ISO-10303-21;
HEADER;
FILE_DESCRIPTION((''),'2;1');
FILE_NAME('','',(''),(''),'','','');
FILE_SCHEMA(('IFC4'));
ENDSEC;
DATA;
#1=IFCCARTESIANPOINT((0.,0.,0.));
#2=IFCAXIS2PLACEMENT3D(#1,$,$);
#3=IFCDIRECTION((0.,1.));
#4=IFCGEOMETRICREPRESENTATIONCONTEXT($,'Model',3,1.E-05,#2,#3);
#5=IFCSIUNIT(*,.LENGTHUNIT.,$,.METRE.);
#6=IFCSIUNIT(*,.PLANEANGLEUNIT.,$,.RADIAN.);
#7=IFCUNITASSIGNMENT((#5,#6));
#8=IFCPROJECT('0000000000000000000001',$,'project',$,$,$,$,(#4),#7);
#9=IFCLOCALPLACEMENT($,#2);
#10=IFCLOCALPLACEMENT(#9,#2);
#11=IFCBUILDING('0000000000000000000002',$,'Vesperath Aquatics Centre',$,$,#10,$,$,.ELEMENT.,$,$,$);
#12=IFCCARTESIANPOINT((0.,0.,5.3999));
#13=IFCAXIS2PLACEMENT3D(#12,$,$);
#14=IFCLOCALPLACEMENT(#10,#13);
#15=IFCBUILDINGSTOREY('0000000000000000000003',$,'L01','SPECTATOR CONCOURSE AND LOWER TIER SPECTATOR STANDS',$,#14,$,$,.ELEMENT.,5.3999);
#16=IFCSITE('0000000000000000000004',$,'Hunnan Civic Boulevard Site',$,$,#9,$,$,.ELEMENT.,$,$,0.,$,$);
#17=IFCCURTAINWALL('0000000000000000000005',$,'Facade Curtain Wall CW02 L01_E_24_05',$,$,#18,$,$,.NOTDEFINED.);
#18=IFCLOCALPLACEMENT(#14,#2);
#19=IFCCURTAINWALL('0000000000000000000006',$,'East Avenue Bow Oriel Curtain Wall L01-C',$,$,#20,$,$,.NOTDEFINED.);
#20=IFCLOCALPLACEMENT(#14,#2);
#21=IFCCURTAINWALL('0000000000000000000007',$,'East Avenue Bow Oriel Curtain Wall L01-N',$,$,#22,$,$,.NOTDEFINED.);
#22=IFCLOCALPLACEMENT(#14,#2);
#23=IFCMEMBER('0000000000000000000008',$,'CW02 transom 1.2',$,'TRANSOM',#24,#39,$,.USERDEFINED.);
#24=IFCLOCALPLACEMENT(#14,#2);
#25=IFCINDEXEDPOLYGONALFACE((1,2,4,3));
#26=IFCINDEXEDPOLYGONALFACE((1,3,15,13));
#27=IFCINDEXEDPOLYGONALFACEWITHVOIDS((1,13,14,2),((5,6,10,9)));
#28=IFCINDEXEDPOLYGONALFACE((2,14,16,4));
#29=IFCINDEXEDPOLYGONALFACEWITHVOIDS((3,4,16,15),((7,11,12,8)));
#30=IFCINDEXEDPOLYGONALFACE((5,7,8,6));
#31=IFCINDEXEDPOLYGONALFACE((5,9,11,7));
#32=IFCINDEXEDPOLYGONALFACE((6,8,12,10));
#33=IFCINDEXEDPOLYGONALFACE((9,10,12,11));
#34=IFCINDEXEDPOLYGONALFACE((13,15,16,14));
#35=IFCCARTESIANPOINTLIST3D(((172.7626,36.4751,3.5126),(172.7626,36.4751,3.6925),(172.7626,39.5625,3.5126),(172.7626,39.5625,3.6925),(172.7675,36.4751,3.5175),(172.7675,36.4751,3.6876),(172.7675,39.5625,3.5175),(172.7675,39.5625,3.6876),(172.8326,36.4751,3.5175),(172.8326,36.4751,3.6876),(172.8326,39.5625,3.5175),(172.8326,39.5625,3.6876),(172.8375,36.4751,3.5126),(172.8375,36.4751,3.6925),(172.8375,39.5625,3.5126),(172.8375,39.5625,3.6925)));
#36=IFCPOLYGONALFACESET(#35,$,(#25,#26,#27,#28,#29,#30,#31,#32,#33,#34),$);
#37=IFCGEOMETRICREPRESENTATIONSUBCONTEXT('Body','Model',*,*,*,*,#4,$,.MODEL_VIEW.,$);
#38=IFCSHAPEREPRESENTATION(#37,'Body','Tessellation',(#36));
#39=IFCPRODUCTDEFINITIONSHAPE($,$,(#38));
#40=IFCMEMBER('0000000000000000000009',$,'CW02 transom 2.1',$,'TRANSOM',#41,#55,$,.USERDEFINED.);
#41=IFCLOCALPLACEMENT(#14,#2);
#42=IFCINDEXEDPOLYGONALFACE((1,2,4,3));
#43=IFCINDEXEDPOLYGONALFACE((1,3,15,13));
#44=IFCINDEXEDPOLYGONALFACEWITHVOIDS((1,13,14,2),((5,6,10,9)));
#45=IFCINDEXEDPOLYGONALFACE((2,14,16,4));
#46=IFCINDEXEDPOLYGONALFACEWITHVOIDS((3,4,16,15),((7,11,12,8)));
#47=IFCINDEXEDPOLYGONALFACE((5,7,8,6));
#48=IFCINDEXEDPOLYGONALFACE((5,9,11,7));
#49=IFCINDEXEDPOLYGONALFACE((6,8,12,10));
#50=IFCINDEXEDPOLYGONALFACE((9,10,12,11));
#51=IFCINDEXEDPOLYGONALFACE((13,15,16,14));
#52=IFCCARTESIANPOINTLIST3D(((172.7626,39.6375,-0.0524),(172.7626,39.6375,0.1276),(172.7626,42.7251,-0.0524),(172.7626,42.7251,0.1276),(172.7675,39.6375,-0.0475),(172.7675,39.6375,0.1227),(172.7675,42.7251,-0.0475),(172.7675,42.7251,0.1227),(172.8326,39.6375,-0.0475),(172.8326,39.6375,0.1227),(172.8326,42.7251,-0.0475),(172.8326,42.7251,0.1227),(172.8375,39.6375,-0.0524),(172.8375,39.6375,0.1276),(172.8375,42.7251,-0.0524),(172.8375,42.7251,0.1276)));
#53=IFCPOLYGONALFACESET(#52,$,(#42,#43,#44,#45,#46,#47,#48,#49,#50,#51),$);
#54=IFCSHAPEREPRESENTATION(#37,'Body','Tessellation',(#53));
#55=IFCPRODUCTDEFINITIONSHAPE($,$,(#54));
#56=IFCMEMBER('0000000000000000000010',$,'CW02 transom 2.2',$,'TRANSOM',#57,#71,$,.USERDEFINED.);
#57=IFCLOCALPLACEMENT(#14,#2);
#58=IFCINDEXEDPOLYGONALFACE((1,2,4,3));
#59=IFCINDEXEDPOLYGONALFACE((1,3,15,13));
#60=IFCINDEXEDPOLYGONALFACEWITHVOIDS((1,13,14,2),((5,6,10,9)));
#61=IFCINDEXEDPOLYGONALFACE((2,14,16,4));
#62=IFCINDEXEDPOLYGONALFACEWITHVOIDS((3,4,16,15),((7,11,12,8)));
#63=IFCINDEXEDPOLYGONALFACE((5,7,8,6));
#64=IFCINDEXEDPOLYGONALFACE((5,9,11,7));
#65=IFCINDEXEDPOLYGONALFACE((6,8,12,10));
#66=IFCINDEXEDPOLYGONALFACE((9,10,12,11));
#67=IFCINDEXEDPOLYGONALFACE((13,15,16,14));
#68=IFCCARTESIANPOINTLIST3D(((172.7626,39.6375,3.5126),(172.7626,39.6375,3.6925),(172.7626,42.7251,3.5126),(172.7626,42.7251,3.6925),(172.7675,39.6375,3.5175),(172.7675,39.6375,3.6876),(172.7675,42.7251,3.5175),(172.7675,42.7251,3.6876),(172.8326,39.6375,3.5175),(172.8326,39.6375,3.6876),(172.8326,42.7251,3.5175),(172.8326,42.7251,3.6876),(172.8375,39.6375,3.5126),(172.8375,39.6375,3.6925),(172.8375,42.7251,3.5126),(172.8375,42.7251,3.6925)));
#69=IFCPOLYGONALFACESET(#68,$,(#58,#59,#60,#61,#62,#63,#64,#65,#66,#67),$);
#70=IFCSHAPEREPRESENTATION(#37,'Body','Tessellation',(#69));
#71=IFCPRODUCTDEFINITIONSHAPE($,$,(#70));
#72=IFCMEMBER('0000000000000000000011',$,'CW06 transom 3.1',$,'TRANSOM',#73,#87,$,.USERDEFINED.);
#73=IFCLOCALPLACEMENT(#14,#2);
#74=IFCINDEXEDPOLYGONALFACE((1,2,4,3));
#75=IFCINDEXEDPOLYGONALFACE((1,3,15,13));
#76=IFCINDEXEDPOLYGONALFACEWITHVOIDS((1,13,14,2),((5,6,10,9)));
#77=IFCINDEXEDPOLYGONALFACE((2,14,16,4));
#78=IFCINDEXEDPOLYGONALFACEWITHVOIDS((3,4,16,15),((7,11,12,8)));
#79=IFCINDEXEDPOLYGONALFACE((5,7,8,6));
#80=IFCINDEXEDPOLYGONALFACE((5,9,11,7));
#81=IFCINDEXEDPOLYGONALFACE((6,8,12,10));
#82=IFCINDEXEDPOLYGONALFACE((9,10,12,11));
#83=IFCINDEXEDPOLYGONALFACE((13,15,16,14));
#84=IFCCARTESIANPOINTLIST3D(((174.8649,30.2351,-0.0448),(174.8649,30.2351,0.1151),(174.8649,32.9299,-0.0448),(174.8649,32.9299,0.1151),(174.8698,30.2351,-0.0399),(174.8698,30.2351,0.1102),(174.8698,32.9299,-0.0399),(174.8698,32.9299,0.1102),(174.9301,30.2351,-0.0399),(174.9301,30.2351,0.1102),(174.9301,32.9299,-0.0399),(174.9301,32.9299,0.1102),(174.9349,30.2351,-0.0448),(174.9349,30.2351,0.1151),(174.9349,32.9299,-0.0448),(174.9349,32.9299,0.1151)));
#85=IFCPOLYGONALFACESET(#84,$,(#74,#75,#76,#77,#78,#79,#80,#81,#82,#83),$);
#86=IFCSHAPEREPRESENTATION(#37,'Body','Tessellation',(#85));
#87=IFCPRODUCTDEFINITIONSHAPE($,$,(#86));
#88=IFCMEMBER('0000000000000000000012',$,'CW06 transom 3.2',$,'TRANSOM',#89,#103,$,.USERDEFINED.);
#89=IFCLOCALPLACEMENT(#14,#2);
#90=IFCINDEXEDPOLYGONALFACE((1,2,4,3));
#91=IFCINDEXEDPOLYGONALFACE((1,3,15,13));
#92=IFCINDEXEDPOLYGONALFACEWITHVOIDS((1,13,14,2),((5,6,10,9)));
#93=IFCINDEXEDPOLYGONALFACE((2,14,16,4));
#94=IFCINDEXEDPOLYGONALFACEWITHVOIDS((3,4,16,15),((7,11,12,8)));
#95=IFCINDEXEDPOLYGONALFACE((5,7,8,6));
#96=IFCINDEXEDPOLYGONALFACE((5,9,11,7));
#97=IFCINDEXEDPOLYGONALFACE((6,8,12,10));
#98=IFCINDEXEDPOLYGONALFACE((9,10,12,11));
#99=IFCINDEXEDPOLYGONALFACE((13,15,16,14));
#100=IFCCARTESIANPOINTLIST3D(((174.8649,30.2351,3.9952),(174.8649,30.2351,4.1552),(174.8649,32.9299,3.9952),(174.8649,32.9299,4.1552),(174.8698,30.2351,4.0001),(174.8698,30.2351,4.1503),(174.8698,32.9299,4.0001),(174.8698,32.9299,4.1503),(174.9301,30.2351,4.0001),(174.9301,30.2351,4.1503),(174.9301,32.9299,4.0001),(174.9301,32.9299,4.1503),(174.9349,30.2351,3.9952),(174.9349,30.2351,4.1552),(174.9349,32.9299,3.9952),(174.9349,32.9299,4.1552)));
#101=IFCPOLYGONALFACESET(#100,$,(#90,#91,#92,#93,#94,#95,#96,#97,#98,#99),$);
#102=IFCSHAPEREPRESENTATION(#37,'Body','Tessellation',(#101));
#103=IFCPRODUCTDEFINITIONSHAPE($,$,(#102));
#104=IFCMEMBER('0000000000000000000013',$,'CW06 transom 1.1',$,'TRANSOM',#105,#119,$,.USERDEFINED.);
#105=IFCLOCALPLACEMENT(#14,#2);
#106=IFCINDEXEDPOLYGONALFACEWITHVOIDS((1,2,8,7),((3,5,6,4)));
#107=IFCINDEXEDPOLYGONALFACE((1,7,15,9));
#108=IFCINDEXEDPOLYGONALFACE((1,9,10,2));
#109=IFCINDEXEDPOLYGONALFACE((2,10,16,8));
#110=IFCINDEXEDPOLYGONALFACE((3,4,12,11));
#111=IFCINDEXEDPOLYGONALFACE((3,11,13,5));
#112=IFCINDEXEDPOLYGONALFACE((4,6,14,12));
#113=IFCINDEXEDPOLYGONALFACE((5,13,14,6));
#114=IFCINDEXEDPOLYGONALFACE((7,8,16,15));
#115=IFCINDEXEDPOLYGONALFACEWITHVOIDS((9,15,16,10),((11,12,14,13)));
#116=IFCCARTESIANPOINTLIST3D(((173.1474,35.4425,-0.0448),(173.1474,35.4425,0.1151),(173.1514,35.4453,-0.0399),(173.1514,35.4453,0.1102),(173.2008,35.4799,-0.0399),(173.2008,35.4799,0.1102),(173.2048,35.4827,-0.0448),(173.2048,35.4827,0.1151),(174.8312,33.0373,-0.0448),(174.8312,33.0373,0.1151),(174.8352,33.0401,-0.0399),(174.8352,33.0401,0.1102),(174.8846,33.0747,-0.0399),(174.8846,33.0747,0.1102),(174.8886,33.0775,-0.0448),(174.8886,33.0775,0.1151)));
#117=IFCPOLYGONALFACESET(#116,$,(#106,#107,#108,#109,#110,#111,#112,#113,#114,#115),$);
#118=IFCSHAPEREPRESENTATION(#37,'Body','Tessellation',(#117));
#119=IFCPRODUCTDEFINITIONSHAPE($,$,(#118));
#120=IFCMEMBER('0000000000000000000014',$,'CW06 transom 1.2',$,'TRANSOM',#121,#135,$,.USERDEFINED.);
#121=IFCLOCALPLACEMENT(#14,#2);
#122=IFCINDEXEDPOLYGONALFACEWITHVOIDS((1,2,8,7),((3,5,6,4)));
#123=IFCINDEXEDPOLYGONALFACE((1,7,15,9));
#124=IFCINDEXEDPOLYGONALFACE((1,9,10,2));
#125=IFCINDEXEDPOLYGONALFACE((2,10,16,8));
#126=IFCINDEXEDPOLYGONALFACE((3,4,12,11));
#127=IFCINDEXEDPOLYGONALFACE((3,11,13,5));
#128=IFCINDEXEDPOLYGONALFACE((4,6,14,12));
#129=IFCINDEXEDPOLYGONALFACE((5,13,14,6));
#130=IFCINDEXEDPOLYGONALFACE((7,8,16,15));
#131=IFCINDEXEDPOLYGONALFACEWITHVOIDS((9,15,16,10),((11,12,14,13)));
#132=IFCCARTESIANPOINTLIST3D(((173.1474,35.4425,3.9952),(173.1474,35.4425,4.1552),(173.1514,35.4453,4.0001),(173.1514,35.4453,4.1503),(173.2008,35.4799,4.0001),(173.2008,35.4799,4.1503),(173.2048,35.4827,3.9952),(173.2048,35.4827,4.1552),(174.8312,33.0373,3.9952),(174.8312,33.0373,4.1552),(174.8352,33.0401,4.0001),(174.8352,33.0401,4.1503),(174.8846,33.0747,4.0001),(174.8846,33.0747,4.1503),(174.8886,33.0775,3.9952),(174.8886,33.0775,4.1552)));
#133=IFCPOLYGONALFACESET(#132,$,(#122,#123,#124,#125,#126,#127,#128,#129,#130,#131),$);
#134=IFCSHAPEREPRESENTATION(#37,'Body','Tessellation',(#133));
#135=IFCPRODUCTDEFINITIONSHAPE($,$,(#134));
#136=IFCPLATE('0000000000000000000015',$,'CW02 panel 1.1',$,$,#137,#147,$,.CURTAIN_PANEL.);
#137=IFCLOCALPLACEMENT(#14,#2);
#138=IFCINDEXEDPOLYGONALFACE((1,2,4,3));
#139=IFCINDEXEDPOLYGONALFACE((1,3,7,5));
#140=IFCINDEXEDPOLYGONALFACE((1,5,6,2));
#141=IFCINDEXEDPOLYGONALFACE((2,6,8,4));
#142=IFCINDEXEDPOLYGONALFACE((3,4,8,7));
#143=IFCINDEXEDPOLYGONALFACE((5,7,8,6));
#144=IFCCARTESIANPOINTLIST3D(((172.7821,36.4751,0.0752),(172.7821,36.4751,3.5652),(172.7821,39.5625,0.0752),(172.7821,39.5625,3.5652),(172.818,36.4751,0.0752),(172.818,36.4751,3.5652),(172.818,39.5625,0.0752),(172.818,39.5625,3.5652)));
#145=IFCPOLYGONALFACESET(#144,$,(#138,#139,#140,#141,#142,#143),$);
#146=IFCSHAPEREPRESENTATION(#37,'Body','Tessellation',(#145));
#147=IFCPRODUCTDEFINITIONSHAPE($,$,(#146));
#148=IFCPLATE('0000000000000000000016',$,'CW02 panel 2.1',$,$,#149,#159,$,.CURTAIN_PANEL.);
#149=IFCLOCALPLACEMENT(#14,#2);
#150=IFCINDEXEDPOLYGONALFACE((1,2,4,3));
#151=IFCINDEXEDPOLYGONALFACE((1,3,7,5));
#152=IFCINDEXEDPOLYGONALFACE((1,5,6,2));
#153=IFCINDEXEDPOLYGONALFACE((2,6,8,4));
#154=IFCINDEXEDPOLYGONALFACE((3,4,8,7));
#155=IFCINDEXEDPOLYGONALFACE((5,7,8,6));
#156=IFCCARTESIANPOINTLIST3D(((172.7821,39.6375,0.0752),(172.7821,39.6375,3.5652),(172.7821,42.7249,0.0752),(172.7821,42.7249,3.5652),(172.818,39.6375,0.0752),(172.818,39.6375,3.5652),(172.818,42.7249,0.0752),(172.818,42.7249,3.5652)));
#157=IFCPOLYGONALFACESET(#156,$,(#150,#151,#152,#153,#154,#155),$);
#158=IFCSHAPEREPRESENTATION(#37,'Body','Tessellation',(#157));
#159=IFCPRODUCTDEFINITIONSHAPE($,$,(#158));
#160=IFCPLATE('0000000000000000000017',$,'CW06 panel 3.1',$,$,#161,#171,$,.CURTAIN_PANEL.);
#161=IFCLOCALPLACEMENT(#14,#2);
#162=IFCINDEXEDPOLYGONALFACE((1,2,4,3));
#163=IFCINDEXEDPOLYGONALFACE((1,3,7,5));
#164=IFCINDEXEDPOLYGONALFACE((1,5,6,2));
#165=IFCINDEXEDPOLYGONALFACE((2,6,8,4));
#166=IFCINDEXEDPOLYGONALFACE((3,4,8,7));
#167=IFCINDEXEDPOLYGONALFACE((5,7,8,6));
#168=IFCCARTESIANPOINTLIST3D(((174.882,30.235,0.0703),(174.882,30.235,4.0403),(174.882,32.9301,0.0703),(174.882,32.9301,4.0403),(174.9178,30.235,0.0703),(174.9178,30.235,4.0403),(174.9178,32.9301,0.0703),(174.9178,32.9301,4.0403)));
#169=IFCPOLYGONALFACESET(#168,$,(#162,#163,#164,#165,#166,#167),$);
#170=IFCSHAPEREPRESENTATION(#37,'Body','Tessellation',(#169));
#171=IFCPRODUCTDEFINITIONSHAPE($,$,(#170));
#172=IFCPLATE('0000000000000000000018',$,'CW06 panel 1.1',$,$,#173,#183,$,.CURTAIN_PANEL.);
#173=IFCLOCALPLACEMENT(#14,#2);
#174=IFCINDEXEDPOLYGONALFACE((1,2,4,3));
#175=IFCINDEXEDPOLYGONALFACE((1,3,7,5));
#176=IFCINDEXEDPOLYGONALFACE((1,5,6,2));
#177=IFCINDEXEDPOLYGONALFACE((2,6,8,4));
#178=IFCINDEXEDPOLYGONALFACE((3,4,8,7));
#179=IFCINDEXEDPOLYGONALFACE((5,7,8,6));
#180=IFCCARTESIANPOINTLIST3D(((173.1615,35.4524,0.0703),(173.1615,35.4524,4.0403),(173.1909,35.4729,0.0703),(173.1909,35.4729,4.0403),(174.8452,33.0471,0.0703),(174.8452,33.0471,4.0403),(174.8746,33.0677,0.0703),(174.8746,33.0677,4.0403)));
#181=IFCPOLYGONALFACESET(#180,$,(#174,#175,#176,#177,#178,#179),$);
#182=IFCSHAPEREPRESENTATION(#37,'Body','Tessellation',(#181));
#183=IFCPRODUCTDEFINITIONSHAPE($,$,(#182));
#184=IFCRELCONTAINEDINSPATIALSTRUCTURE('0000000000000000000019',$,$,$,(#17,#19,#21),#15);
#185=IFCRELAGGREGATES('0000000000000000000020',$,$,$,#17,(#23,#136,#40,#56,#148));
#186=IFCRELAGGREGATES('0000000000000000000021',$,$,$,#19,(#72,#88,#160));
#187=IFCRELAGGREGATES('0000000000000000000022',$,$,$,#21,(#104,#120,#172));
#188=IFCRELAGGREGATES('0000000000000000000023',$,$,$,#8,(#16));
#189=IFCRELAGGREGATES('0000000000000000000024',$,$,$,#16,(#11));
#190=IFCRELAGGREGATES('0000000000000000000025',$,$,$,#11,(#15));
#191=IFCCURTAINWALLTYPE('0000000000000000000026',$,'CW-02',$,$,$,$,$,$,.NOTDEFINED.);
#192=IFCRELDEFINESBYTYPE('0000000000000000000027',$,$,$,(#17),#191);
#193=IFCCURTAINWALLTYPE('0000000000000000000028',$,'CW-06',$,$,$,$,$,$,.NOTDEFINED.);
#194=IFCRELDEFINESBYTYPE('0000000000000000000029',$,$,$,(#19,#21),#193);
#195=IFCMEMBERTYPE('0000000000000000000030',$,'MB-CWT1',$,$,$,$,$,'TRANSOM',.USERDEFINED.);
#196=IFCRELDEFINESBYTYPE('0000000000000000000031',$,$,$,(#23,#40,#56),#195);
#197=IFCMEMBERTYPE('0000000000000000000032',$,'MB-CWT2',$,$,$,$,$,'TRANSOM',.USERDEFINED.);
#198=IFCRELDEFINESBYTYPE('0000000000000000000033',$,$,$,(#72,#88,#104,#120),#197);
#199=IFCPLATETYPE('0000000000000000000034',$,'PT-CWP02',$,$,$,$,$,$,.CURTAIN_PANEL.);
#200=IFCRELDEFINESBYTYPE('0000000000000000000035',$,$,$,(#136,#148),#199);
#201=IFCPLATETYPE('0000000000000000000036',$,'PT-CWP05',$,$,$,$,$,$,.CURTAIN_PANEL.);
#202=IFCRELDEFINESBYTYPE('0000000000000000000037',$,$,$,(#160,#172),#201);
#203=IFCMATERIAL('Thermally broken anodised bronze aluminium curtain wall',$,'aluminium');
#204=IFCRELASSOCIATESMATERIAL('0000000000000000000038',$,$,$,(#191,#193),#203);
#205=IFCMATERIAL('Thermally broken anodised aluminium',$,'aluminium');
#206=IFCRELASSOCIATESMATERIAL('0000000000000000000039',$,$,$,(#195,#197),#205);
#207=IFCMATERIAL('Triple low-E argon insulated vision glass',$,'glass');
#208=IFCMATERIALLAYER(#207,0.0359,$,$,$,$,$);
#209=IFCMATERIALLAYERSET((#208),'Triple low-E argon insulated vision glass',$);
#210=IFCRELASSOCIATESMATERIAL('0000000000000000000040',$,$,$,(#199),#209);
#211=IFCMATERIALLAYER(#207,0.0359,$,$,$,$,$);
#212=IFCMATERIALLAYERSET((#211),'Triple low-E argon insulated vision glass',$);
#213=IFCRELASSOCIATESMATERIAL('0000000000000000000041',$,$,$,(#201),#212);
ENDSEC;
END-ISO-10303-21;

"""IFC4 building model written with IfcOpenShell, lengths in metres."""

from ifc_helpers import new_model, si_unit, direction, frame, origin, origin_2d, place, context, subcontext, project, spatial, rectangle, hollow_rectangle, extrude, material, layer, layer_set, material_profile, profile_set, type_object, element, aggregate, save


model = new_model("IFC4")

# Units and contexts
model_context = context("Model", 3, precision=1e-05, world=origin(), true_north=direction((0.0, 1.0)))
body_context = subcontext(model_context, "Body", "Model", "MODEL_VIEW")
ifc_project = project(units=[si_unit("LENGTHUNIT", "METRE"), si_unit("PLANEANGLEUNIT", "RADIAN")], contexts=[model_context])

# Site, building, storey
site_placement = place(None, origin())
site = spatial("IfcSite", under=ifc_project, at=site_placement, Name="Hunnan Civic Boulevard Site", CompositionType="ELEMENT", RefElevation=0.0)
building_placement = place(site_placement, origin())
building = spatial("IfcBuilding", under=site, at=building_placement, Name="Vesperath Aquatics Centre", CompositionType="ELEMENT")
storey_placement = place(building_placement, frame((0.0, 0.0, 5.3999)))
storey = spatial("IfcBuildingStorey", under=building, at=storey_placement, Name="L01", Description="SPECTATOR CONCOURSE AND LOWER TIER SPECTATOR STANDS", CompositionType="ELEMENT", Elevation=5.3999)

# Curtain walls
ifc_material_1 = material(Name="Thermally broken anodised bronze aluminium curtain wall", Category="aluminium")
curtain_wall_type_1 = type_object("IfcCurtainWallType", Name="CW-02", PredefinedType="NOTDEFINED", material=ifc_material_1)
curtain_wall_1_placement = place(storey_placement, origin())
curtain_wall_1 = element("IfcCurtainWall", 1, at=curtain_wall_1_placement, inside=storey, type_object=curtain_wall_type_1, Name="Facade Curtain Wall CW02 L01_E_24_05", PredefinedType="NOTDEFINED")
ifc_material_2 = material(Name="Thermally broken anodised aluminium", Category="aluminium")
curtain_wall_type_2 = type_object("IfcCurtainWallType", Name="CW-06", PredefinedType="NOTDEFINED", material=ifc_material_1)
curtain_wall_2_placement = place(storey_placement, origin())
curtain_wall_2 = element("IfcCurtainWall", 2, at=curtain_wall_2_placement, inside=storey, type_object=curtain_wall_type_2, Name="East Avenue Bow Oriel Curtain Wall L01-C", PredefinedType="NOTDEFINED")
curtain_wall_3_placement = place(storey_placement, origin())
curtain_wall_3 = element("IfcCurtainWall", 3, at=curtain_wall_3_placement, inside=storey, type_object=curtain_wall_type_2, Name="East Avenue Bow Oriel Curtain Wall L01-N", PredefinedType="NOTDEFINED")

# Members
ifc_material_profile_1 = material_profile(ifc_material_2, hollow_rectangle(XDim=0.075, YDim=0.1799, WallThickness=0.0049, at=origin_2d()), Name="CWT 75x180x5")
ifc_profile_set_1 = profile_set([ifc_material_profile_1], Name="Thermally broken anodised aluminium")
member_type_1 = type_object("IfcMemberType", Name="MB-CWT1", ElementType="TRANSOM", PredefinedType="USERDEFINED", material=ifc_profile_set_1)
member_1_placement = place(storey_placement, frame((172.8, 36.4751, 3.6025), z_axis=(0.0, 1.0, 0.0), x_axis=(-1.0, 0.0, 0.0)))
member_1 = element("IfcMember", 4, at=member_1_placement, type_object=member_type_1, Name="CW02 transom 1.2", ObjectType="TRANSOM", PredefinedType="USERDEFINED", context=body_context, shape_type="SweptSolid", body=[
    extrude(hollow_rectangle(XDim=0.075, YDim=0.1799, WallThickness=0.0049, at=origin_2d()), origin(), (0.0, 0.0, 1.0), 3.0874),
])
member_2_placement = place(storey_placement, frame((172.8, 39.6375, 0.0376), z_axis=(0.0, 1.0, 0.0), x_axis=(-1.0, 0.0, 0.0)))
member_2 = element("IfcMember", 5, at=member_2_placement, type_object=member_type_1, Name="CW02 transom 2.1", ObjectType="TRANSOM", PredefinedType="USERDEFINED", context=body_context, shape_type="SweptSolid", body=[
    extrude(hollow_rectangle(XDim=0.075, YDim=0.1799, WallThickness=0.0049, at=origin_2d()), origin(), (0.0, 0.0, 1.0), 3.0876),
])
member_3_placement = place(storey_placement, frame((172.8, 39.6375, 3.6025), z_axis=(0.0, 1.0, 0.0), x_axis=(-1.0, 0.0, 0.0)))
member_3 = element("IfcMember", 6, at=member_3_placement, type_object=member_type_1, Name="CW02 transom 2.2", ObjectType="TRANSOM", PredefinedType="USERDEFINED", context=body_context, shape_type="SweptSolid", body=[
    extrude(hollow_rectangle(XDim=0.075, YDim=0.1799, WallThickness=0.0049, at=origin_2d()), origin(), (0.0, 0.0, 1.0), 3.0876),
])
ifc_material_profile_2 = material_profile(ifc_material_2, hollow_rectangle(XDim=0.0701, YDim=0.1599, WallThickness=0.0049, at=origin_2d()), Name="CWT 70x160x5")
ifc_profile_set_2 = profile_set([ifc_material_profile_2], Name="Thermally broken anodised aluminium")
member_type_2 = type_object("IfcMemberType", Name="MB-CWT2", ElementType="TRANSOM", PredefinedType="USERDEFINED", material=ifc_profile_set_2)
member_4_placement = place(storey_placement, frame((174.8999, 30.2351, 0.0352), z_axis=(0.0, 1.0, 0.0), x_axis=(-1.0, 0.0, 0.0)))
member_4 = element("IfcMember", 7, at=member_4_placement, type_object=member_type_2, Name="CW06 transom 3.1", ObjectType="TRANSOM", PredefinedType="USERDEFINED", context=body_context, shape_type="SweptSolid", body=[
    extrude(hollow_rectangle(XDim=0.0701, YDim=0.1599, WallThickness=0.0049, at=origin_2d()), origin(), (0.0, 0.0, 1.0), 2.6948),
])
member_5_placement = place(storey_placement, frame((174.8999, 30.2351, 4.0752), z_axis=(0.0, 1.0, 0.0), x_axis=(-1.0, 0.0, 0.0)))
member_5 = element("IfcMember", 8, at=member_5_placement, type_object=member_type_2, Name="CW06 transom 3.2", ObjectType="TRANSOM", PredefinedType="USERDEFINED", context=body_context, shape_type="SweptSolid", body=[
    extrude(hollow_rectangle(XDim=0.0701, YDim=0.1599, WallThickness=0.0049, at=origin_2d()), origin(), (0.0, 0.0, 1.0), 2.6948),
])
member_6_placement = place(storey_placement, frame((174.8599, 33.0574, 0.0352), z_axis=(-0.573496, 0.819208, 0.0), x_axis=(-0.819208, -0.573496, 0.0)))
member_6 = element("IfcMember", 9, at=member_6_placement, type_object=member_type_2, Name="CW06 transom 1.1", ObjectType="TRANSOM", PredefinedType="USERDEFINED", context=body_context, shape_type="SweptSolid", body=[
    extrude(hollow_rectangle(XDim=0.0701, YDim=0.1599, WallThickness=0.0049, at=origin_2d()), origin(), (0.0, 0.0, 1.0), 2.936),
])
member_7_placement = place(storey_placement, frame((174.8599, 33.0574, 4.0752), z_axis=(-0.573496, 0.819208, 0.0), x_axis=(-0.819208, -0.573496, 0.0)))
member_7 = element("IfcMember", 10, at=member_7_placement, type_object=member_type_2, Name="CW06 transom 1.2", ObjectType="TRANSOM", PredefinedType="USERDEFINED", context=body_context, shape_type="SweptSolid", body=[
    extrude(hollow_rectangle(XDim=0.0701, YDim=0.1599, WallThickness=0.0049, at=origin_2d()), origin(), (0.0, 0.0, 1.0), 2.936),
])

# Plates
ifc_material_3 = material(Name="Triple low-E argon insulated vision glass", Category="glass")
ifc_layer_1 = layer(ifc_material_3, 0.0359)
ifc_layer_set_1 = layer_set([ifc_layer_1], Name="Triple low-E argon insulated vision glass")
plate_type_1 = type_object("IfcPlateType", Name="PT-CWP02", PredefinedType="CURTAIN_PANEL", material=ifc_layer_set_1)
plate_1_placement = place(storey_placement, frame((172.8, 38.0188, 0.0752), z_axis=(0.0, 0.0, 1.0), x_axis=(0.0, 1.0, 0.0)))
plate_1 = element("IfcPlate", 11, at=plate_1_placement, type_object=plate_type_1, Name="CW02 panel 1.1", PredefinedType="CURTAIN_PANEL", context=body_context, shape_type="SweptSolid", body=[
    extrude(rectangle(XDim=3.0874, YDim=0.0359, at=origin_2d()), origin(), (0.0, 0.0, 1.0), 3.49),
])
plate_2_placement = place(storey_placement, frame((172.8, 41.1812, 0.0752), z_axis=(0.0, 0.0, 1.0), x_axis=(0.0, 1.0, 0.0)))
plate_2 = element("IfcPlate", 12, at=plate_2_placement, type_object=plate_type_1, Name="CW02 panel 2.1", PredefinedType="CURTAIN_PANEL", context=body_context, shape_type="SweptSolid", body=[
    extrude(rectangle(XDim=3.0874, YDim=0.0359, at=origin_2d()), origin(), (0.0, 0.0, 1.0), 3.49),
])
aggregate(curtain_wall_1, [member_1, plate_1, member_2, member_3, plate_2])
ifc_layer_2 = layer(ifc_material_3, 0.0359)
ifc_layer_set_2 = layer_set([ifc_layer_2], Name="Triple low-E argon insulated vision glass")
plate_type_2 = type_object("IfcPlateType", Name="PT-CWP05", PredefinedType="CURTAIN_PANEL", material=ifc_layer_set_2)
plate_3_placement = place(storey_placement, frame((174.8999, 31.5825, 0.0703), z_axis=(0.0, 0.0, 1.0), x_axis=(0.0, 1.0, 0.0)))
plate_3 = element("IfcPlate", 13, at=plate_3_placement, type_object=plate_type_2, Name="CW06 panel 3.1", PredefinedType="CURTAIN_PANEL", context=body_context, shape_type="SweptSolid", body=[
    extrude(rectangle(XDim=2.6951, YDim=0.0359, at=origin_2d()), origin(), (0.0, 0.0, 1.0), 3.97),
])
aggregate(curtain_wall_2, [member_4, member_5, plate_3])
plate_4_placement = place(storey_placement, frame((174.0181, 34.26, 0.0703), z_axis=(0.0, 0.0, 1.0), x_axis=(-0.573462, 0.819232, 0.0)))
plate_4 = element("IfcPlate", 14, at=plate_4_placement, type_object=plate_type_2, Name="CW06 panel 1.1", PredefinedType="CURTAIN_PANEL", context=body_context, shape_type="SweptSolid", body=[
    extrude(rectangle(XDim=2.936, YDim=0.0359, at=origin_2d()), origin(), (0.0, 0.0, 1.0), 3.97),
])
aggregate(curtain_wall_3, [member_6, member_7, plate_4])

save(model, "model.ifc")
